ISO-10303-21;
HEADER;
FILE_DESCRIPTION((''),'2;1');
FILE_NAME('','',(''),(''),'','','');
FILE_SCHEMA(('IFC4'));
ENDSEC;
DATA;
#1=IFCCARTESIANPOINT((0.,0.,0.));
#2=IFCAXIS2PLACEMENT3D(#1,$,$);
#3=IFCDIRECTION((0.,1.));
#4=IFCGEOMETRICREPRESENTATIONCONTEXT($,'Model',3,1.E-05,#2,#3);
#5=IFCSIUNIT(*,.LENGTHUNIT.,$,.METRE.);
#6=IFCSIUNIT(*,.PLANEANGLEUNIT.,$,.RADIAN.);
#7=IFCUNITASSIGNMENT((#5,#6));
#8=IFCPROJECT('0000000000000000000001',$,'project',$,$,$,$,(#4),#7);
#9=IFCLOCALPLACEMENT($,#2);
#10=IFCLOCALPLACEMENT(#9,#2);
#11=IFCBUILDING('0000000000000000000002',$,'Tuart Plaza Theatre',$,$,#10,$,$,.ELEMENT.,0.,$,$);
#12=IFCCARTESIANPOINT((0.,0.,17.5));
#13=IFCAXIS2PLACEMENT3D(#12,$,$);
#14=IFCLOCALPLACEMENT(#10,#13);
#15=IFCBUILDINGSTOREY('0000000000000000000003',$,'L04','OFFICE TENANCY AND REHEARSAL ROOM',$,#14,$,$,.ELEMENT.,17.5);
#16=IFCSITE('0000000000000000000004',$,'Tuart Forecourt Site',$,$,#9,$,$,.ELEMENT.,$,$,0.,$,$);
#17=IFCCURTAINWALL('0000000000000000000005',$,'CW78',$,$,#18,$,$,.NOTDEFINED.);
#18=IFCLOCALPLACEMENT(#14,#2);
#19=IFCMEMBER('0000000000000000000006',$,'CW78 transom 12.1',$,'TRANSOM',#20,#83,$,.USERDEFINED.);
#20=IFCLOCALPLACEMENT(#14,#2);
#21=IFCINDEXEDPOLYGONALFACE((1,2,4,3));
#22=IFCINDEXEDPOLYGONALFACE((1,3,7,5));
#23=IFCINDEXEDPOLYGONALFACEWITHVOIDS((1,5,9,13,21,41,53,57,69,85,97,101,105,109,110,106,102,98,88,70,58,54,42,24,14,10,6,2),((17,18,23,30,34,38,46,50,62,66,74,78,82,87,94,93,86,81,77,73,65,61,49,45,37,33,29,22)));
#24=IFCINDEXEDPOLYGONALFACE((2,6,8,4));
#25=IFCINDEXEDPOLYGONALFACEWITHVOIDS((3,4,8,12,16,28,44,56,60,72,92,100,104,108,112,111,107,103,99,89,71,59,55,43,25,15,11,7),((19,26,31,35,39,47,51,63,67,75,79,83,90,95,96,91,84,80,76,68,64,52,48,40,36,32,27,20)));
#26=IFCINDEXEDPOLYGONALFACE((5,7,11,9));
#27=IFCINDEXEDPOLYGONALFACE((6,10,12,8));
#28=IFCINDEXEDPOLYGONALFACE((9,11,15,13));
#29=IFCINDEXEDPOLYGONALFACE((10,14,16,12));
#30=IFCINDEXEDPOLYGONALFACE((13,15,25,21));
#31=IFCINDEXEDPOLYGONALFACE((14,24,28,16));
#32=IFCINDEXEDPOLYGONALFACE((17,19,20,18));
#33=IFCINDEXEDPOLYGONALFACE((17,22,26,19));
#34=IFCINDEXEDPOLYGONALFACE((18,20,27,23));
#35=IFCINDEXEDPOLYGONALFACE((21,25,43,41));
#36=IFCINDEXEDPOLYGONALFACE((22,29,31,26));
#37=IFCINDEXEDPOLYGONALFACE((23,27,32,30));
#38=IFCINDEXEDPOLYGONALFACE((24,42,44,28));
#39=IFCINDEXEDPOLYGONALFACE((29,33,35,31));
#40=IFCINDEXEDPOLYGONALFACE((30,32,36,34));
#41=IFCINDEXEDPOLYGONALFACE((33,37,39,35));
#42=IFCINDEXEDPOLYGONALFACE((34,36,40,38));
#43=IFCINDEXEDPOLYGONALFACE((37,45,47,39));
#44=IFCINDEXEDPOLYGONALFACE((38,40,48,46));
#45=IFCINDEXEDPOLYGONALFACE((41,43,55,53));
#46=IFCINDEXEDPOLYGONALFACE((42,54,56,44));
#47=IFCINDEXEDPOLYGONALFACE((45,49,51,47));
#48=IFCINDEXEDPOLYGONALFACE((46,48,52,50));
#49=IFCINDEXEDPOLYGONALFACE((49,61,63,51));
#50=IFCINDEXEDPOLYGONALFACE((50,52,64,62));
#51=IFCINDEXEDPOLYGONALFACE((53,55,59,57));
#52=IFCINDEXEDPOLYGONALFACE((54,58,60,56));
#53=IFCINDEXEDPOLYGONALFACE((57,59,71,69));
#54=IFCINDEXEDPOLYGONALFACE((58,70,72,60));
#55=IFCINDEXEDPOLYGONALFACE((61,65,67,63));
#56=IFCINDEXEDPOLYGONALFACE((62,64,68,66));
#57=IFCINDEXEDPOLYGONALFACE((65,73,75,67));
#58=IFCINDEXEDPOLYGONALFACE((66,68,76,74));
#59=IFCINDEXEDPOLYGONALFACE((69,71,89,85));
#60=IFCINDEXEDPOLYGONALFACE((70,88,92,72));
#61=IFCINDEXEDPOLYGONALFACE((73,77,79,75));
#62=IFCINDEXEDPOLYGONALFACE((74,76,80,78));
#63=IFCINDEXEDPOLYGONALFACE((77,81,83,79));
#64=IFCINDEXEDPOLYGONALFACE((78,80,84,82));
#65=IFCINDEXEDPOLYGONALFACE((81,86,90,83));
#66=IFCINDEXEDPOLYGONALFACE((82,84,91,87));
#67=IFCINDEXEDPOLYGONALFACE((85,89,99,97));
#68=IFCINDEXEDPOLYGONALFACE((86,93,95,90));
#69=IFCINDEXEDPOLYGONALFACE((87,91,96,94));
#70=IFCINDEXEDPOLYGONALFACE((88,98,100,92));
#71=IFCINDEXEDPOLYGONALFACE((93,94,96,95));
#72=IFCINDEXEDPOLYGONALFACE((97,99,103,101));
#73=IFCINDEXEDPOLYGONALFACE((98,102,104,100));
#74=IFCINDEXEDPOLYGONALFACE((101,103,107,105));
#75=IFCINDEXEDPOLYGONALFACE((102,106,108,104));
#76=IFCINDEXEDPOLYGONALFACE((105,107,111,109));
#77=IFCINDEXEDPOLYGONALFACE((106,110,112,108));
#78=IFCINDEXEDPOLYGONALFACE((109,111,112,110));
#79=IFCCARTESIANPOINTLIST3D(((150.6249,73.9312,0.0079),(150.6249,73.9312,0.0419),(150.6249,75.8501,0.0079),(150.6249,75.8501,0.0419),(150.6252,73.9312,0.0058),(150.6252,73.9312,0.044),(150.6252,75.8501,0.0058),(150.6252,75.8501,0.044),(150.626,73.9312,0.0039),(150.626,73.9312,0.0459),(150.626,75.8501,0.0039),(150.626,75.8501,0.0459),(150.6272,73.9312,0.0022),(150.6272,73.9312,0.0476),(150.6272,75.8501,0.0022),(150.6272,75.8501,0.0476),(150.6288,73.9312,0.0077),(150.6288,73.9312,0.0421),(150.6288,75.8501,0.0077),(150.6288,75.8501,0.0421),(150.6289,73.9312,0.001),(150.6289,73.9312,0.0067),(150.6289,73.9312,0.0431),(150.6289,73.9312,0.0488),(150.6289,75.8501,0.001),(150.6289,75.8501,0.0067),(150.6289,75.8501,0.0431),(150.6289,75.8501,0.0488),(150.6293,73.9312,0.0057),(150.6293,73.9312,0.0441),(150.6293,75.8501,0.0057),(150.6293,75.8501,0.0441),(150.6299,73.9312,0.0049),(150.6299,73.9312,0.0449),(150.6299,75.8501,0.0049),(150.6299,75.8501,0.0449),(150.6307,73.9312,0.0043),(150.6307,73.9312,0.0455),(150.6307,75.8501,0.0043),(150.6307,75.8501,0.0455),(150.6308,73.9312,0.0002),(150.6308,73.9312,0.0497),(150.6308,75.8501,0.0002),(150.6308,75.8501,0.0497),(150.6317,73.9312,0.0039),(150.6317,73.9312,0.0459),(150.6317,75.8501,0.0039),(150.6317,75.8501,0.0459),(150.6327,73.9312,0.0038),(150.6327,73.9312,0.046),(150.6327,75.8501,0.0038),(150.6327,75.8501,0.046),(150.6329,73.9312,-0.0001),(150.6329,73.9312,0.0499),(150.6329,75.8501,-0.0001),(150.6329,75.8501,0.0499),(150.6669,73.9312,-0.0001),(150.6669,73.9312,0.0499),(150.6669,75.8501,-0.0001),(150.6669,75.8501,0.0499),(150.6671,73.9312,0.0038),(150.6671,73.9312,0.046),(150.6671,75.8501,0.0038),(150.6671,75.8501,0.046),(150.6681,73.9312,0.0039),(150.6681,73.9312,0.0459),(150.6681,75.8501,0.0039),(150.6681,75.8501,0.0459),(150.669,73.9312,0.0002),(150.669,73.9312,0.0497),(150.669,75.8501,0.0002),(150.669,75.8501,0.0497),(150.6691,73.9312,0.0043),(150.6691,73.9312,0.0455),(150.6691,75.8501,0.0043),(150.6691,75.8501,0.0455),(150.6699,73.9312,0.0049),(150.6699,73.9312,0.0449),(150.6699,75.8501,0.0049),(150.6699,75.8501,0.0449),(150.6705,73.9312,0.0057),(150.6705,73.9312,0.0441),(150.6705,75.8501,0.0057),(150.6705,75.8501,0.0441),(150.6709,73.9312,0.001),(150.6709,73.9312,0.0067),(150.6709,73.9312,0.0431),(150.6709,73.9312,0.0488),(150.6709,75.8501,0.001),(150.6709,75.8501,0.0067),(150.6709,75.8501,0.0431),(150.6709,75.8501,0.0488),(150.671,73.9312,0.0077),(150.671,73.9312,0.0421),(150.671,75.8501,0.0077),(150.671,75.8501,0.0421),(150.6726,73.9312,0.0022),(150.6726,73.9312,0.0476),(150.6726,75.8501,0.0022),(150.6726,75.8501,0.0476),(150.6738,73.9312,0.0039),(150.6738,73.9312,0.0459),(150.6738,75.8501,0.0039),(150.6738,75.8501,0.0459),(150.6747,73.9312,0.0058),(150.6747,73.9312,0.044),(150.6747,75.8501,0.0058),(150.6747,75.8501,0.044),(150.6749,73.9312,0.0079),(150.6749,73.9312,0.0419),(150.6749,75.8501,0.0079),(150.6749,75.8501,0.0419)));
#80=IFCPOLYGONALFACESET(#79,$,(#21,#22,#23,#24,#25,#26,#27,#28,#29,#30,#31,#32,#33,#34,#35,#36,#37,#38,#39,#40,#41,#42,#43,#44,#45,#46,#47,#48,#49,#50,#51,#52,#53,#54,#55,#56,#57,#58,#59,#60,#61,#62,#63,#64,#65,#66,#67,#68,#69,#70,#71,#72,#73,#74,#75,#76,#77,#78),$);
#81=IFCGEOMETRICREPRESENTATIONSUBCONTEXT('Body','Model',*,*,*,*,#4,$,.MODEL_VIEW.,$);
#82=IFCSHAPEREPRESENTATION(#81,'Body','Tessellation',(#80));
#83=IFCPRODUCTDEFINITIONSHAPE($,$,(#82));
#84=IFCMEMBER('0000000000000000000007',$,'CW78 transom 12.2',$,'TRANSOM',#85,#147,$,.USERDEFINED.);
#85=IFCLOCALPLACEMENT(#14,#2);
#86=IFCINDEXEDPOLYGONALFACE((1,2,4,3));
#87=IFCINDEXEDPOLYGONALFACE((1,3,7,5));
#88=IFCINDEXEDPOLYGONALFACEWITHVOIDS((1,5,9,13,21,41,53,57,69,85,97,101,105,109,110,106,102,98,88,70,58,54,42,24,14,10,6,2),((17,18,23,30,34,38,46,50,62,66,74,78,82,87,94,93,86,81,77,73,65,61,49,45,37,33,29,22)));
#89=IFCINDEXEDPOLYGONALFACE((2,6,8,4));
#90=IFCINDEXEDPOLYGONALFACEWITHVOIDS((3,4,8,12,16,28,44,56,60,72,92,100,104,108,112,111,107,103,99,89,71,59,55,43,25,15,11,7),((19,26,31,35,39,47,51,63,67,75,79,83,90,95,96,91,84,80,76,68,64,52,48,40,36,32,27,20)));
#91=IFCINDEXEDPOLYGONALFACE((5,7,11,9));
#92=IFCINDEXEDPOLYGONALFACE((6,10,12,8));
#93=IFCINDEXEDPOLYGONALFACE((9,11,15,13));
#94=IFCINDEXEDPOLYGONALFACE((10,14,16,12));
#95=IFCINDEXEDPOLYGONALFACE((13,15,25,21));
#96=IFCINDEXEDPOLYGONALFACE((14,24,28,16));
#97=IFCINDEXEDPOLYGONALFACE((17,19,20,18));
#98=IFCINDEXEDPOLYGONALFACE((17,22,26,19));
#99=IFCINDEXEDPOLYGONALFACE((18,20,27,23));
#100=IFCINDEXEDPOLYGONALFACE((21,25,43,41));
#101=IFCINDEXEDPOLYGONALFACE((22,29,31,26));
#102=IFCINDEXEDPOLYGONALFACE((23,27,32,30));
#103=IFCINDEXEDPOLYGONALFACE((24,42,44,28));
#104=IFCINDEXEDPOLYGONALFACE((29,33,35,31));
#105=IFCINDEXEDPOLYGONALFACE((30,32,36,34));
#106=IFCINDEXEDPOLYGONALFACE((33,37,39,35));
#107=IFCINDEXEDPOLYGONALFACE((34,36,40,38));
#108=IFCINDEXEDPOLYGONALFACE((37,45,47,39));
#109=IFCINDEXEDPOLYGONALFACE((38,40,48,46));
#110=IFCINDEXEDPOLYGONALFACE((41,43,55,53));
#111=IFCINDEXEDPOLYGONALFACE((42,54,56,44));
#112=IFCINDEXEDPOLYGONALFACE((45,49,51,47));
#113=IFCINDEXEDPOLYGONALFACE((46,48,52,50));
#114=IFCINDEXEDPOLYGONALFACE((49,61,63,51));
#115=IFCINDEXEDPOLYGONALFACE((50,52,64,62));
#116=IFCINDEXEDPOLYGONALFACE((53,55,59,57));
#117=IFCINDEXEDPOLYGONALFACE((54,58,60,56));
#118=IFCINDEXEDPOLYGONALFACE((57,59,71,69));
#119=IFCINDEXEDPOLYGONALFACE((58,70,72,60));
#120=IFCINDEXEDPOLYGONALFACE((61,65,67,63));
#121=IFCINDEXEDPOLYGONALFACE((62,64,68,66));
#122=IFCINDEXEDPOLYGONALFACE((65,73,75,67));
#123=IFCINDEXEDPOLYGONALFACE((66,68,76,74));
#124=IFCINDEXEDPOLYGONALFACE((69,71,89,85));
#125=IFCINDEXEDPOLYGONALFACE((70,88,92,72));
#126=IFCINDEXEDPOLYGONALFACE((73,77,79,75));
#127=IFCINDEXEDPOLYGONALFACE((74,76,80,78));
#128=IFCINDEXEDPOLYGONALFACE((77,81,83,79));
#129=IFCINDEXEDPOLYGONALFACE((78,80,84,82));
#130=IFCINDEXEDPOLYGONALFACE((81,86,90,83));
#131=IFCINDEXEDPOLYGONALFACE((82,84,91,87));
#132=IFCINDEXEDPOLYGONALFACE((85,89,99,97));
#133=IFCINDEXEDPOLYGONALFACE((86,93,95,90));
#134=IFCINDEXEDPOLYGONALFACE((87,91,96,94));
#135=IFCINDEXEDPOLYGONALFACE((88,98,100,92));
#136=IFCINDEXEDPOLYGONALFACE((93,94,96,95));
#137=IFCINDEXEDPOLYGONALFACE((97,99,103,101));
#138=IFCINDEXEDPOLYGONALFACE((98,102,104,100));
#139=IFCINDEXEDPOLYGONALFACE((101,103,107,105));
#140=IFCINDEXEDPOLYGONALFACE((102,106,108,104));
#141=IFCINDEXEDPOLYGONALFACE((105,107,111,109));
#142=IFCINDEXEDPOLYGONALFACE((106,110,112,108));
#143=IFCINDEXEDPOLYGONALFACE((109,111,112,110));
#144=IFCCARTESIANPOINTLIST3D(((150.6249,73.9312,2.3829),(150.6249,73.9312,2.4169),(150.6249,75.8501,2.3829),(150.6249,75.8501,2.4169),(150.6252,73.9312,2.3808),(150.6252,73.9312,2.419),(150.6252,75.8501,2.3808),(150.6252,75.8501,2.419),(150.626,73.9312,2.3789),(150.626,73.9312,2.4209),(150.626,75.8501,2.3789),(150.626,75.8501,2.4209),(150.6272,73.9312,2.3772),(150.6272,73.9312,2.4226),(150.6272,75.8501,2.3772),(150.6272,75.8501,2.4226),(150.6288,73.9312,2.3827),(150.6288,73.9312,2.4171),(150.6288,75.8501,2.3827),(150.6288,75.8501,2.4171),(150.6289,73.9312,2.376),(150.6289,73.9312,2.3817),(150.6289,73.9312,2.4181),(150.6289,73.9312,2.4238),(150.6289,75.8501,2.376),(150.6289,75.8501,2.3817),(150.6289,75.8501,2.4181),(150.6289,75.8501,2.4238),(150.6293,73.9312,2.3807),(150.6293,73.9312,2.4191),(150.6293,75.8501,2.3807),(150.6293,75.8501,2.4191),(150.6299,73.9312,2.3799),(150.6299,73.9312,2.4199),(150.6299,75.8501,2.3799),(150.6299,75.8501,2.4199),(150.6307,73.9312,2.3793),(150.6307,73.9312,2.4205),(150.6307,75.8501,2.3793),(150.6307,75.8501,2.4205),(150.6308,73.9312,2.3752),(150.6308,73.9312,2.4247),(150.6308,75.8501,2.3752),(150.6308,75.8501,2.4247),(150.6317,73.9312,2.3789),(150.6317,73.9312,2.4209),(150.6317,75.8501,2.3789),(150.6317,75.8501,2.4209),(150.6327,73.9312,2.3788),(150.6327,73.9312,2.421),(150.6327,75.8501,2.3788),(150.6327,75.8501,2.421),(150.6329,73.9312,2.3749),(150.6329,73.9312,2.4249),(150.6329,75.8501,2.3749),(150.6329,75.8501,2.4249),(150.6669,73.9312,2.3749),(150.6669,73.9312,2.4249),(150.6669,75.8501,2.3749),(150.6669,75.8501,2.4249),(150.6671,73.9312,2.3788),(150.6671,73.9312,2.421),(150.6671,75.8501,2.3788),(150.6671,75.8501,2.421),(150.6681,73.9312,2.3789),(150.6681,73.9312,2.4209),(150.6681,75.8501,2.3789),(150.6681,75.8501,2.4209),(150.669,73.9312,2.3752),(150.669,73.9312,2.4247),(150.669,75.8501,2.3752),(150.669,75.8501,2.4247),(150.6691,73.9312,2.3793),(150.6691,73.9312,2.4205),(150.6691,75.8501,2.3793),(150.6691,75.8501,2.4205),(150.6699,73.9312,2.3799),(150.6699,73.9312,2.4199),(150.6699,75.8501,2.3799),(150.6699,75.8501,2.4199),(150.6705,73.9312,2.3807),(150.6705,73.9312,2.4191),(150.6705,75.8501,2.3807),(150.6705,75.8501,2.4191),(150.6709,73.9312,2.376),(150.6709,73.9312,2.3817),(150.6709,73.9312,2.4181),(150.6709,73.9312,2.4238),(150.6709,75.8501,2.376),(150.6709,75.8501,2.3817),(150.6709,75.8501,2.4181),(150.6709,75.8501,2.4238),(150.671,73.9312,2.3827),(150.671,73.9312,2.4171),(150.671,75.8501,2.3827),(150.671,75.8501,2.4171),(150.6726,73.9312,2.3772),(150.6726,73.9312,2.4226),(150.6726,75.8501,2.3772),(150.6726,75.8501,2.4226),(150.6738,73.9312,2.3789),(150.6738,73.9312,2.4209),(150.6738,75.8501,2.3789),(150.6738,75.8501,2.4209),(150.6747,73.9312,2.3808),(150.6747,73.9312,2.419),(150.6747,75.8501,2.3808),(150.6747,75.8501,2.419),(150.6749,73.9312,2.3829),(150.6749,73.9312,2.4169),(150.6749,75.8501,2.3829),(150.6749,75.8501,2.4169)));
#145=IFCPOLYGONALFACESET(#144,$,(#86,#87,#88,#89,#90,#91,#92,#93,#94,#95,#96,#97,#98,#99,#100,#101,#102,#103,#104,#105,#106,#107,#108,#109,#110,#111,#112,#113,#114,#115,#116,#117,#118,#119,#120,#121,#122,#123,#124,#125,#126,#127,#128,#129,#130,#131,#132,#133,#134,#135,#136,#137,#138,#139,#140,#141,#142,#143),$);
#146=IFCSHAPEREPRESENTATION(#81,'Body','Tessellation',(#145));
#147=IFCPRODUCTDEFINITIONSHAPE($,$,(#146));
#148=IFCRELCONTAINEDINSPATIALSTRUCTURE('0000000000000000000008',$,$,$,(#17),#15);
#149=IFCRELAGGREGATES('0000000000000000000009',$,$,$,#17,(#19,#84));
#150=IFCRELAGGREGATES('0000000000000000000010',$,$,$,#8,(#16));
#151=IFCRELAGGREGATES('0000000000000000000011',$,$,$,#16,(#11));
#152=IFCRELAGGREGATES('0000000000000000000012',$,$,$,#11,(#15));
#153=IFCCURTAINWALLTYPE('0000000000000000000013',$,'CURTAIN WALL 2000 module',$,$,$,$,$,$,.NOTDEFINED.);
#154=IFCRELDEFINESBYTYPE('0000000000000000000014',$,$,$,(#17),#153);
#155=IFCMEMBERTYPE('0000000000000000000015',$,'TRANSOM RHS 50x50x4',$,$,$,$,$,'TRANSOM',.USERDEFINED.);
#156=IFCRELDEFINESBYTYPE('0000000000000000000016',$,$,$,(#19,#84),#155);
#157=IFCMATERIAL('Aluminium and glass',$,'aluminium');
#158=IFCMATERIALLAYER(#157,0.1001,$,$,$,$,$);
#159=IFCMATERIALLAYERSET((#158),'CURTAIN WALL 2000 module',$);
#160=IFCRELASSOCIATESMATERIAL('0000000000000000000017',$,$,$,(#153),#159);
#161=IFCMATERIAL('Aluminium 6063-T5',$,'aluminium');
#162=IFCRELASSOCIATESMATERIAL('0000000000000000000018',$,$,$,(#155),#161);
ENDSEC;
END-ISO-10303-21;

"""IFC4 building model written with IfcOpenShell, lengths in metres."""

from ifc_helpers import new_model, si_unit, direction, frame, origin, origin_2d, place, context, subcontext, project, spatial, hollow_rectangle, extrude, material, layer, layer_set, material_profile, profile_set, type_object, element, aggregate, save


model = new_model("IFC4")

# Units and contexts
model_context = context("Model", 3, precision=1e-05, world=origin(), true_north=direction((0.0, 1.0)))
body_context = subcontext(model_context, "Body", "Model", "MODEL_VIEW")
ifc_project = project(units=[si_unit("LENGTHUNIT", "METRE"), si_unit("PLANEANGLEUNIT", "RADIAN")], contexts=[model_context])

# Site, building, storey
site_placement = place(None, origin())
site = spatial("IfcSite", under=ifc_project, at=site_placement, Name="Tuart Forecourt Site", CompositionType="ELEMENT", RefElevation=0.0)
building_placement = place(site_placement, origin())
building = spatial("IfcBuilding", under=site, at=building_placement, Name="Tuart Plaza Theatre", CompositionType="ELEMENT", ElevationOfRefHeight=0.0)
storey_placement = place(building_placement, frame((0.0, 0.0, 17.5)))
storey = spatial("IfcBuildingStorey", under=building, at=storey_placement, Name="L04", Description="OFFICE TENANCY AND REHEARSAL ROOM", CompositionType="ELEMENT", Elevation=17.5)

# Curtain wall
ifc_material_1 = material(Name="Aluminium and glass", Category="aluminium")
ifc_layer_1 = layer(ifc_material_1, 0.1001)
ifc_layer_set_1 = layer_set([ifc_layer_1], Name="CURTAIN WALL 2000 module")
curtain_wall_type = type_object("IfcCurtainWallType", Name="CURTAIN WALL 2000 module", PredefinedType="NOTDEFINED", material=ifc_layer_set_1)
curtain_wall_1_placement = place(storey_placement, origin())
curtain_wall_1 = element("IfcCurtainWall", 1, at=curtain_wall_1_placement, inside=storey, type_object=curtain_wall_type, Name="CW78", PredefinedType="NOTDEFINED")

# Members
ifc_material_2 = material(Name="Aluminium 6063-T5", Category="aluminium")
ifc_material_profile_1 = material_profile(ifc_material_2, hollow_rectangle(XDim=0.05, YDim=0.05, WallThickness=0.0039, InnerFilletRadius=0.0039, OuterFilletRadius=0.0081, at=origin_2d()), Name="RHS 50x50x4")
ifc_profile_set_1 = profile_set([ifc_material_profile_1], Name="Aluminium 6063-T5")
member_type_1 = type_object("IfcMemberType", Name="TRANSOM RHS 50x50x4", ElementType="TRANSOM", PredefinedType="USERDEFINED", material=ifc_profile_set_1)
member_1_placement = place(storey_placement, frame((150.6499, 73.9312, 0.0249), z_axis=(0.0, 1.0, 0.0), x_axis=(-1.0, 0.0, 0.0)))
member_1 = element("IfcMember", 2, at=member_1_placement, type_object=member_type_1, Name="CW78 transom 12.1", ObjectType="TRANSOM", PredefinedType="USERDEFINED", context=body_context, shape_type="SweptSolid", body=[
    extrude(hollow_rectangle(XDim=0.05, YDim=0.05, WallThickness=0.0039, InnerFilletRadius=0.0039, OuterFilletRadius=0.0081, at=origin_2d()), origin(), (0.0, 0.0, 1.0), 1.9189),
])
member_2_placement = place(storey_placement, frame((150.6499, 73.9312, 2.3999), z_axis=(0.0, 1.0, 0.0), x_axis=(-1.0, 0.0, 0.0)))
member_2 = element("IfcMember", 3, at=member_2_placement, type_object=member_type_1, Name="CW78 transom 12.2", ObjectType="TRANSOM", PredefinedType="USERDEFINED", context=body_context, shape_type="SweptSolid", body=[
    extrude(hollow_rectangle(XDim=0.05, YDim=0.05, WallThickness=0.0039, InnerFilletRadius=0.0039, OuterFilletRadius=0.0081, at=origin_2d()), origin(), (0.0, 0.0, 1.0), 1.9189),
])

aggregate(curtain_wall_1, [member_1, member_2])

save(model, "model.ifc")
